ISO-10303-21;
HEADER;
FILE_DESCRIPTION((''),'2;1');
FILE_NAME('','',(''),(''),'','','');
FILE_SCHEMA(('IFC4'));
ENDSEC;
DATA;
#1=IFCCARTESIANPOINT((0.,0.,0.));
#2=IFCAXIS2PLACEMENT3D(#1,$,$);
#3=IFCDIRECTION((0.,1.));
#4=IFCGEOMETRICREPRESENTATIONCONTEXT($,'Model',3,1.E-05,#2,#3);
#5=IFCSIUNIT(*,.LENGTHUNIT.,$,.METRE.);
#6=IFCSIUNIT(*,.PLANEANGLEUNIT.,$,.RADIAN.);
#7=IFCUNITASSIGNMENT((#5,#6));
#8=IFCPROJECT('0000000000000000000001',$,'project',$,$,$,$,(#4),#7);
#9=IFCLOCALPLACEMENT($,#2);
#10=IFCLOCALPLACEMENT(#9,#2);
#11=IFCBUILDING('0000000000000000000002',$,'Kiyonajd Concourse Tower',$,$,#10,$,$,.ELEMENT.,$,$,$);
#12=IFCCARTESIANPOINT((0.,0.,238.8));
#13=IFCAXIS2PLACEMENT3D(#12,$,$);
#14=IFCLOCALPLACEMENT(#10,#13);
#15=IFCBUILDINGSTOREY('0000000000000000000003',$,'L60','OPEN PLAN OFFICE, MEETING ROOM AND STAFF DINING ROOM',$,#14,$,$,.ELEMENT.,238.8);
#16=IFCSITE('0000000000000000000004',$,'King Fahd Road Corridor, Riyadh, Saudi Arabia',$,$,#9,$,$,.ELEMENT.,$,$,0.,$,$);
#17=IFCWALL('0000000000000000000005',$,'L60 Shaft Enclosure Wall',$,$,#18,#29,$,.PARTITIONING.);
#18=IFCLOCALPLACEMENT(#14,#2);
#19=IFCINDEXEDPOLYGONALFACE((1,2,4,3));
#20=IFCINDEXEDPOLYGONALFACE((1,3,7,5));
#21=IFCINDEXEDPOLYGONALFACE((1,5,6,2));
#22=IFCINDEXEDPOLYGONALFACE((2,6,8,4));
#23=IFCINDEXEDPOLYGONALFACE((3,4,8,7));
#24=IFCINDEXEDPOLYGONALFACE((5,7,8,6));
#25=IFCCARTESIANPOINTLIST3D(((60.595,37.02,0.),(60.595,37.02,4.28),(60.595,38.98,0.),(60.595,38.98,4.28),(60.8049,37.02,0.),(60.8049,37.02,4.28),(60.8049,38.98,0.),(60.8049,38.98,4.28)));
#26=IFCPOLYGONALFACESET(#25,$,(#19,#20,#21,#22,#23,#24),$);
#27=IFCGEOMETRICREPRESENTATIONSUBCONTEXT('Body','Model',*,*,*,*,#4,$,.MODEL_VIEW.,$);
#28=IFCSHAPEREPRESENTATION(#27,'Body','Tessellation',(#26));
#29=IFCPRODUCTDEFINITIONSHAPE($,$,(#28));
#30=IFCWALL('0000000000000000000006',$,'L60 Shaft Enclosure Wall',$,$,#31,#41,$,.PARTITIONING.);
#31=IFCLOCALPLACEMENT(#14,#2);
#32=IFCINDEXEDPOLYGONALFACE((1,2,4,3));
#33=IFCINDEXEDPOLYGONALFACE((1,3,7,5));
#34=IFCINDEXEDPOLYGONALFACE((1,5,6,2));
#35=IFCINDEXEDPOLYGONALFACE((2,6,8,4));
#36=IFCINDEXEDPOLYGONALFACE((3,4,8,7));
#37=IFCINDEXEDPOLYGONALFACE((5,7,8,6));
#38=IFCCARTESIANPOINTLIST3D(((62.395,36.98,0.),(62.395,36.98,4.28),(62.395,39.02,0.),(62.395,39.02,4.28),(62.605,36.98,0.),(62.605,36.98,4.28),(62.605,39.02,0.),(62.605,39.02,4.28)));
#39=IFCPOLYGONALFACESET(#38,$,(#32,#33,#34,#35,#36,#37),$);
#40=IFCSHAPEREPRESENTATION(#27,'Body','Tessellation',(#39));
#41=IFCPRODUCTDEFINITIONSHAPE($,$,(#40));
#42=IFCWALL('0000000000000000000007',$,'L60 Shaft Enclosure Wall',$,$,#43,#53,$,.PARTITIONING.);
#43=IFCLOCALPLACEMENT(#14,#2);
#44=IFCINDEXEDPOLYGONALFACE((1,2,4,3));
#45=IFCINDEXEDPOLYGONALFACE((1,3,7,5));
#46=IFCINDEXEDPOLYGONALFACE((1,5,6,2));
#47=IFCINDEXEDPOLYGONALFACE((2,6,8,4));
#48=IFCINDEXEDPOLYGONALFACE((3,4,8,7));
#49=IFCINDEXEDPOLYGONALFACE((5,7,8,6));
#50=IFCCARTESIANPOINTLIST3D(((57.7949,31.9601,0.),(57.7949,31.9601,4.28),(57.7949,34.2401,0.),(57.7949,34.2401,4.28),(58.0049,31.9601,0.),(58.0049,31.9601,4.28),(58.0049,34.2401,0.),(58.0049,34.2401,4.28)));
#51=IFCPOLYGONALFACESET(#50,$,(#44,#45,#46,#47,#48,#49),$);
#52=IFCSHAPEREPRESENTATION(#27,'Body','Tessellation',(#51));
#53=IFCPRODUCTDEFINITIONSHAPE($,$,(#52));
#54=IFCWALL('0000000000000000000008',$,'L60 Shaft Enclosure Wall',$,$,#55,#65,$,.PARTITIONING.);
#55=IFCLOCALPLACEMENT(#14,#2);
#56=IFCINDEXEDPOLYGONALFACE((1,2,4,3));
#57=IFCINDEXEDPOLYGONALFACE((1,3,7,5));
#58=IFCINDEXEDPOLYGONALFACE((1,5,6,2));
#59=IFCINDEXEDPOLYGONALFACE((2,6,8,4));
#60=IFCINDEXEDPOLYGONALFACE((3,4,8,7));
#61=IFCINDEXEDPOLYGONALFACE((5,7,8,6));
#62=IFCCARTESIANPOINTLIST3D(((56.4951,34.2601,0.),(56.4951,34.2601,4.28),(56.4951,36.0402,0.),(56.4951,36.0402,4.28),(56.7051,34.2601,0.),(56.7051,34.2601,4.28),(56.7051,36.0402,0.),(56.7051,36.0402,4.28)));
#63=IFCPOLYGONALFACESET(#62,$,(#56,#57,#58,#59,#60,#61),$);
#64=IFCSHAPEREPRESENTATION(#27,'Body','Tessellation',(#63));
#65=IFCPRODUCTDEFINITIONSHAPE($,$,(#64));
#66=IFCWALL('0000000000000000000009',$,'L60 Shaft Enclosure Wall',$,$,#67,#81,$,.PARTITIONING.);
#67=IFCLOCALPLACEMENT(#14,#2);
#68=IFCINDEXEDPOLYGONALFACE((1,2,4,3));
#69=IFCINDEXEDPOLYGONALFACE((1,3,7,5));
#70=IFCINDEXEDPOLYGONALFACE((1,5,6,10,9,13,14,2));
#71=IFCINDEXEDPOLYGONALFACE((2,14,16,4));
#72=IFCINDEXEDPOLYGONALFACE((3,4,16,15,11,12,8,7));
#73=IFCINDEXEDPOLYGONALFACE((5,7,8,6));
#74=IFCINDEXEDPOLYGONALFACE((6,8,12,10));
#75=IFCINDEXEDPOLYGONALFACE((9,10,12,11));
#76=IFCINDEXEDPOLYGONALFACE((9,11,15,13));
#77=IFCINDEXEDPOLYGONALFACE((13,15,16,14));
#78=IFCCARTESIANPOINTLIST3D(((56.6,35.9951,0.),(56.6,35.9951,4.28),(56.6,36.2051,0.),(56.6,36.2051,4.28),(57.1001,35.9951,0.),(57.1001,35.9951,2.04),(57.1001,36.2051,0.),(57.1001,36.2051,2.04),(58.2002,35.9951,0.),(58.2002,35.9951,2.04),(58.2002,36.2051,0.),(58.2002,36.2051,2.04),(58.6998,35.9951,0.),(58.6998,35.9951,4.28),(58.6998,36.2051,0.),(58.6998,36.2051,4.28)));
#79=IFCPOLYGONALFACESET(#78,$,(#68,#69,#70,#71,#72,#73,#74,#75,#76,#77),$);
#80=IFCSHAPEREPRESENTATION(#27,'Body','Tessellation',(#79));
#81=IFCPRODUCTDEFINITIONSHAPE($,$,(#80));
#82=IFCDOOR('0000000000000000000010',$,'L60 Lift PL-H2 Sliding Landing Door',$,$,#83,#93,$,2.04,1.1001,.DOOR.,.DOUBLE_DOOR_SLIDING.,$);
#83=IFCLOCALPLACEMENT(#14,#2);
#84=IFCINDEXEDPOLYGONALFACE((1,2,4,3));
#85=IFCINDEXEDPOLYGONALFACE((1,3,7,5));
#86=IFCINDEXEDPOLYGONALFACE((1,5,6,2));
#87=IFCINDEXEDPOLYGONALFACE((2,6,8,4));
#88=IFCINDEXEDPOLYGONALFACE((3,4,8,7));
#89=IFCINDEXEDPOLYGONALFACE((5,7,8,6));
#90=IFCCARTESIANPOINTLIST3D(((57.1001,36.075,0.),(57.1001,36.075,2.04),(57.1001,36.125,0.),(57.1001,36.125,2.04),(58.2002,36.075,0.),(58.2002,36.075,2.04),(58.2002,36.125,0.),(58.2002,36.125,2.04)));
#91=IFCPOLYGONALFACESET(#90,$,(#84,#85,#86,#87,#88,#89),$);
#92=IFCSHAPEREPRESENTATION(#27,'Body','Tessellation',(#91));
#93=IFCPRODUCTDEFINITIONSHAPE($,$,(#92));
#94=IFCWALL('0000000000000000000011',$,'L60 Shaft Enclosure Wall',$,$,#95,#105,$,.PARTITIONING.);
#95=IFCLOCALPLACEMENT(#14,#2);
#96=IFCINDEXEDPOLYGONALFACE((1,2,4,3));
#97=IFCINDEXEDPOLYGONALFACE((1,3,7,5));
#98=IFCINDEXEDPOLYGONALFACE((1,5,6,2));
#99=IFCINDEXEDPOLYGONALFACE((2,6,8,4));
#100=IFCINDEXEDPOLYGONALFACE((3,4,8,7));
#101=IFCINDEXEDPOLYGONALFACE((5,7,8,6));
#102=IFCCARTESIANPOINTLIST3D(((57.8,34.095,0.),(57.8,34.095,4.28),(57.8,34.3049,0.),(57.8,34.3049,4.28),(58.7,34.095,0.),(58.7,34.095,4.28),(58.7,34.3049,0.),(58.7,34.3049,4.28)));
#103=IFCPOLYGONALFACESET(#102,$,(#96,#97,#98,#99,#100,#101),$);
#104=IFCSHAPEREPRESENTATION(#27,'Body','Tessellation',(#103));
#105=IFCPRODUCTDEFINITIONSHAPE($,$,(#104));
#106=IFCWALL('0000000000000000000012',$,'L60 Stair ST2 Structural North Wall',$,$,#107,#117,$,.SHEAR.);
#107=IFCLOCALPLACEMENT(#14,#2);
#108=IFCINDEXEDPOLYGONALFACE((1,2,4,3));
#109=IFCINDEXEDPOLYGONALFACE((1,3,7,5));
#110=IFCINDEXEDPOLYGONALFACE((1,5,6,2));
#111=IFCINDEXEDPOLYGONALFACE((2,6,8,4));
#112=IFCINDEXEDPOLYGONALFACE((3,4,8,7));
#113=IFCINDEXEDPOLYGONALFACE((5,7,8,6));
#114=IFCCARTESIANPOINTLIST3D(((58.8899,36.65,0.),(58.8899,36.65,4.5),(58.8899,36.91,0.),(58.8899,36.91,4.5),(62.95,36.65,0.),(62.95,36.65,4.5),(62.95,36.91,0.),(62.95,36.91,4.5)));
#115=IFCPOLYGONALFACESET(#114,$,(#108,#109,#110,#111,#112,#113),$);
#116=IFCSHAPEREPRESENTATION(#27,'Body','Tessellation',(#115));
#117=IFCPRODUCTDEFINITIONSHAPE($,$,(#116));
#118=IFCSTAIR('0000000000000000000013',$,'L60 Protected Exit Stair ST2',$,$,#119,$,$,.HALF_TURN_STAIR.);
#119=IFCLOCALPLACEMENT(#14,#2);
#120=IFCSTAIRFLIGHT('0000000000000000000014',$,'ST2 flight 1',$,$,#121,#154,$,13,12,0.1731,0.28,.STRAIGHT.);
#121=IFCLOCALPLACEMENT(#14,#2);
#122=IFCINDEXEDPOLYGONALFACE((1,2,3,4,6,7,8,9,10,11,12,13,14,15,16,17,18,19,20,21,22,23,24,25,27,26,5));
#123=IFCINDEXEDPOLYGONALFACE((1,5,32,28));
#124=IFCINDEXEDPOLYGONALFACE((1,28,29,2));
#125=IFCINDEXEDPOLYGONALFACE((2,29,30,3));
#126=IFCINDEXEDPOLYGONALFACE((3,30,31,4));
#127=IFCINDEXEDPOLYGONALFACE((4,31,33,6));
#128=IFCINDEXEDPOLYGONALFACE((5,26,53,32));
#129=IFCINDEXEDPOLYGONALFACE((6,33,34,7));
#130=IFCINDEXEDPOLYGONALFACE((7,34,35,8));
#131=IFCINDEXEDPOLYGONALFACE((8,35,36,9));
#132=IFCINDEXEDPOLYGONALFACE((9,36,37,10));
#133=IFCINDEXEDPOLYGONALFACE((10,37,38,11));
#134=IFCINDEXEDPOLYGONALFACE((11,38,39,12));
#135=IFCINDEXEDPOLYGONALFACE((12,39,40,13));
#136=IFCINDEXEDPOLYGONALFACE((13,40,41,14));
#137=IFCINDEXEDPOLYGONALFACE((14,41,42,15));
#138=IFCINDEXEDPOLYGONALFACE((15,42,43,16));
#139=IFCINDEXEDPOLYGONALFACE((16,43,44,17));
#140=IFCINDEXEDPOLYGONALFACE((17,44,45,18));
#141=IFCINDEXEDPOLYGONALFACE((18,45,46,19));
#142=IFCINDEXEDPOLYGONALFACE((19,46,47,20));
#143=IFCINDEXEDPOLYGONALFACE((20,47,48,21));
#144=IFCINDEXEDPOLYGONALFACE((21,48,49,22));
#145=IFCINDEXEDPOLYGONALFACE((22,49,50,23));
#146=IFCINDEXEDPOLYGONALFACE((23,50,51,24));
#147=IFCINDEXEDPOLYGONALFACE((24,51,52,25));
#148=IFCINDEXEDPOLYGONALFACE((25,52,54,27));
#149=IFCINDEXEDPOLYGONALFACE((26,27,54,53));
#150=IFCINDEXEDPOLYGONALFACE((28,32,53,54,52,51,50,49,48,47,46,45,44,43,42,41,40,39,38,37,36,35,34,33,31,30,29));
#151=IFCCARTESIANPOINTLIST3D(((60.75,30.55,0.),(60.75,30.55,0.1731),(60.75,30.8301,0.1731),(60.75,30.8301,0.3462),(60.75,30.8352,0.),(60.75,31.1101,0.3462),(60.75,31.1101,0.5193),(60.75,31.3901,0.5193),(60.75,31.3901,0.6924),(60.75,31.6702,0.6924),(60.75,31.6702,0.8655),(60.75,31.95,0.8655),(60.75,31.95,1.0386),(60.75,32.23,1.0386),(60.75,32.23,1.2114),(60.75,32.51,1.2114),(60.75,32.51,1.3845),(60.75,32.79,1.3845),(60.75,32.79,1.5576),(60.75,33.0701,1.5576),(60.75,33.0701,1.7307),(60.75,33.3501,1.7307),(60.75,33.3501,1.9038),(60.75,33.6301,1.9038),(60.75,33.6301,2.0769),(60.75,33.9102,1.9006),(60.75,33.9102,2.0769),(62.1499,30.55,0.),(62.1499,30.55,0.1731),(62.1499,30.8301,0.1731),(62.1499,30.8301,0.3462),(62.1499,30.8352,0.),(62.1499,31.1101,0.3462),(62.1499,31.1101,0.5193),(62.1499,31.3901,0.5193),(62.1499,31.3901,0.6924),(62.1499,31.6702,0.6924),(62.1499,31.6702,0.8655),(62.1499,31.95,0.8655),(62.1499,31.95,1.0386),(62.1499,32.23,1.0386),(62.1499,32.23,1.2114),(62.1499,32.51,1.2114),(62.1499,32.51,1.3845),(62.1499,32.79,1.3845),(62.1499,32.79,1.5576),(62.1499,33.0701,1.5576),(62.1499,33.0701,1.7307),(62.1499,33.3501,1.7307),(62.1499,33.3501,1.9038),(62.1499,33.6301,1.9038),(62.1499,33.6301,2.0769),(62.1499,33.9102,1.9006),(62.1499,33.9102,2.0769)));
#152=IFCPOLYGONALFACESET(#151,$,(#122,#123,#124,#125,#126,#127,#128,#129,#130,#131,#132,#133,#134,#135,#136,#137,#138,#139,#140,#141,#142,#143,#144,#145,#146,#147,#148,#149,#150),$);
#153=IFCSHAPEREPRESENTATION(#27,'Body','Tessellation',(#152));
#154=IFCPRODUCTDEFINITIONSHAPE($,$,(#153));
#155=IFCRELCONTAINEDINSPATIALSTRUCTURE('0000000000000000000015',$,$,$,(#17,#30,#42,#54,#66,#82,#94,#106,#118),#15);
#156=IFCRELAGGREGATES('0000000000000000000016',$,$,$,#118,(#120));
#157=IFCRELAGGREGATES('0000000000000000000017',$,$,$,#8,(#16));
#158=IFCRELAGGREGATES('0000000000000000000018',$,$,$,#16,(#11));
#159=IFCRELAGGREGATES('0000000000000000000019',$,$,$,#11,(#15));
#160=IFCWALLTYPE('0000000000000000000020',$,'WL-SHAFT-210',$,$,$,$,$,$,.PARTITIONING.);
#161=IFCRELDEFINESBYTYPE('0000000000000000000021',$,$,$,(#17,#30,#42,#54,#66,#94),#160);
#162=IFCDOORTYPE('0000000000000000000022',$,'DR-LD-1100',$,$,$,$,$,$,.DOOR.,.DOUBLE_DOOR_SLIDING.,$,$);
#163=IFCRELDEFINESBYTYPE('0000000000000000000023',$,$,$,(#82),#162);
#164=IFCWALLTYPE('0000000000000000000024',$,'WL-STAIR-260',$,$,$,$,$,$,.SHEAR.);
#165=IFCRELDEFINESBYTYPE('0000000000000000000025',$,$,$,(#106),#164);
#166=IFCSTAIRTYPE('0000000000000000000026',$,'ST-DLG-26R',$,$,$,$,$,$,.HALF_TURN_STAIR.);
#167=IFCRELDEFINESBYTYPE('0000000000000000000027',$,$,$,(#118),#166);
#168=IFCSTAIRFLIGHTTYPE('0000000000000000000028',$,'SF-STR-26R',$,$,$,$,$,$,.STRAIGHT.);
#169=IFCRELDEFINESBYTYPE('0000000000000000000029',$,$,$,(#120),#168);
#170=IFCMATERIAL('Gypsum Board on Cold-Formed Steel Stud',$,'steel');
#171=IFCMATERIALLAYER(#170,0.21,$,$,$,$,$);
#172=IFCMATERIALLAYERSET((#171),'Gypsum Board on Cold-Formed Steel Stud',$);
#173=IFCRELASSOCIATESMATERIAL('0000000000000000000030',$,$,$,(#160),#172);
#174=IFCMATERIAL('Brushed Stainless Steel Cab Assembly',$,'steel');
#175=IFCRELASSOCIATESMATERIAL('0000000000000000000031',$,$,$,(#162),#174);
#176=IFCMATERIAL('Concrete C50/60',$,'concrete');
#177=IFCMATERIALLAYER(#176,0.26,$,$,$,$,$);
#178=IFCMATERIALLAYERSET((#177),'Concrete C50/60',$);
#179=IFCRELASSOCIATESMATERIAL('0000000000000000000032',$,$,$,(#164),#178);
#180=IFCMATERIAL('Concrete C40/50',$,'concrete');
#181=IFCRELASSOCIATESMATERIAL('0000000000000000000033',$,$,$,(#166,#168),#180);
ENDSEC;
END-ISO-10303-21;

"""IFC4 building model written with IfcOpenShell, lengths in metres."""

from ifc_helpers import new_model, si_unit, direction, frame, frame_2d, origin, place, context, subcontext, project, spatial, polyline, rectangle, outline, extrude, material, layer, layer_set, type_object, element, fill, aggregate, save


model = new_model("IFC4")

# Units and contexts
model_context = context("Model", 3, precision=1e-05, world=origin(), true_north=direction((0.0, 1.0)))
body_context = subcontext(model_context, "Body", "Model", "MODEL_VIEW")
ifc_project = project(units=[si_unit("LENGTHUNIT", "METRE"), si_unit("PLANEANGLEUNIT", "RADIAN")], contexts=[model_context])

# Site, building, storey
site_placement = place(None, origin())
site = spatial("IfcSite", under=ifc_project, at=site_placement, Name="King Fahd Road Corridor, Riyadh, Saudi Arabia", CompositionType="ELEMENT", RefElevation=0.0)
building_placement = place(site_placement, origin())
building = spatial("IfcBuilding", under=site, at=building_placement, Name="Kiyonajd Concourse Tower", CompositionType="ELEMENT")
storey_placement = place(building_placement, frame((0.0, 0.0, 238.8)))
storey = spatial("IfcBuildingStorey", under=building, at=storey_placement, Name="L60", Description="OPEN PLAN OFFICE, MEETING ROOM AND STAFF DINING ROOM", CompositionType="ELEMENT", Elevation=238.8)

# Shared definitions
ifc_material_1 = material(Name="Gypsum Board on Cold-Formed Steel Stud", Category="steel")

# Walls
ifc_layer_1 = layer(ifc_material_1, 0.21)
ifc_layer_set_1 = layer_set([ifc_layer_1], Name="Gypsum Board on Cold-Formed Steel Stud")
wall_type_1 = type_object("IfcWallType", Name="WL-SHAFT-210", PredefinedType="PARTITIONING", material=ifc_layer_set_1)
wall_1_placement = place(storey_placement, frame((60.7, 37.02, 0.0), z_axis=(0.0, 0.0, 1.0), x_axis=(0.0, 1.0, 0.0)))
element("IfcWall", 1, at=wall_1_placement, inside=storey, type_object=wall_type_1, Name="L60 Shaft Enclosure Wall", PredefinedType="PARTITIONING", context=body_context, shape_type="SweptSolid", body=[
    extrude(rectangle(XDim=1.96, YDim=0.21, at=frame_2d((0.98, 0.0))), origin(), (0.0, 0.0, 1.0), 4.28),
])
wall_2_placement = place(storey_placement, frame((62.5, 36.98, 0.0), z_axis=(0.0, 0.0, 1.0), x_axis=(0.0, 1.0, 0.0)))
element("IfcWall", 2, at=wall_2_placement, inside=storey, type_object=wall_type_1, Name="L60 Shaft Enclosure Wall", PredefinedType="PARTITIONING", context=body_context, shape_type="SweptSolid", body=[
    extrude(rectangle(XDim=2.04, YDim=0.21, at=frame_2d((1.02, 0.0))), origin(), (0.0, 0.0, 1.0), 4.28),
])
wall_3_placement = place(storey_placement, frame((57.8999, 31.96, 0.0), z_axis=(0.0, 0.0, 1.0), x_axis=(0.0, 1.0, 0.0)))
element("IfcWall", 3, at=wall_3_placement, inside=storey, type_object=wall_type_1, Name="L60 Shaft Enclosure Wall", PredefinedType="PARTITIONING", context=body_context, shape_type="SweptSolid", body=[
    extrude(rectangle(XDim=2.28, YDim=0.21, at=frame_2d((1.1401, 0.0))), origin(), (0.0, 0.0, 1.0), 4.28),
])
wall_4_placement = place(storey_placement, frame((56.6001, 34.26, 0.0), z_axis=(0.0, 0.0, 1.0), x_axis=(0.0, 1.0, 0.0)))
element("IfcWall", 4, at=wall_4_placement, inside=storey, type_object=wall_type_1, Name="L60 Shaft Enclosure Wall", PredefinedType="PARTITIONING", context=body_context, shape_type="SweptSolid", body=[
    extrude(rectangle(XDim=1.78, YDim=0.21, at=frame_2d((0.8901, 0.0))), origin(), (0.0, 0.0, 1.0), 4.28),
])

# Wall, opening, door
wall_5_placement = place(storey_placement, frame((56.6001, 36.1001, 0.0), z_axis=(0.0, 0.0, 1.0), x_axis=(1.0, 0.0, 0.0)))
wall_5 = element("IfcWall", 5, at=wall_5_placement, inside=storey, type_object=wall_type_1, Name="L60 Shaft Enclosure Wall", PredefinedType="PARTITIONING", context=body_context, shape_type="SweptSolid", body=[
    extrude(rectangle(XDim=2.0999, YDim=0.21, at=frame_2d((1.0498, 0.0))), origin(), (0.0, 0.0, 1.0), 4.28),
])
opening_1_placement = place(wall_5_placement, frame((0.5, 0.0, 0.0)))
opening_1 = element("IfcOpeningElement", 6, at=opening_1_placement, cuts=wall_5, PredefinedType="OPENING", context=body_context, shape_type="SweptSolid", body=[
    extrude(rectangle(XDim=1.1001, YDim=2.04, at=frame_2d((0.55, 1.02))), frame((0.0, 0.115, 0.0), z_axis=(0.0, -1.0, 0.0), x_axis=(1.0, 0.0, 0.0)), (0.0, 0.0, 1.0), 0.23),
])
ifc_material_2 = material(Name="Brushed Stainless Steel Cab Assembly", Category="steel")
door_type_1 = type_object("IfcDoorType", Name="DR-LD-1100", OperationType="DOUBLE_DOOR_SLIDING", PredefinedType="DOOR", material=ifc_material_2)
door_1_placement = place(opening_1_placement, origin())
door_1 = element("IfcDoor", 7, at=door_1_placement, inside=storey, type_object=door_type_1, Name="L60 Lift PL-H2 Sliding Landing Door", OperationType="DOUBLE_DOOR_SLIDING", OverallHeight=2.04, OverallWidth=1.1001, PredefinedType="DOOR", context=body_context, shape_type="SweptSolid", body=[
    extrude(rectangle(XDim=1.1001, YDim=2.04, at=frame_2d((0.55, 1.02))), frame((0.0, 0.0249, 0.0), z_axis=(0.0, -1.0, 0.0), x_axis=(1.0, 0.0, 0.0)), (0.0, 0.0, 1.0), 0.05),
])
fill(opening_1, door_1)

# Walls
wall_6_placement = place(storey_placement, frame((57.8, 34.2, 0.0), z_axis=(0.0, 0.0, 1.0), x_axis=(1.0, 0.0, 0.0)))
element("IfcWall", 8, at=wall_6_placement, inside=storey, type_object=wall_type_1, Name="L60 Shaft Enclosure Wall", PredefinedType="PARTITIONING", context=body_context, shape_type="SweptSolid", body=[
    extrude(rectangle(XDim=0.8999, YDim=0.21, at=frame_2d((0.45, 0.0))), origin(), (0.0, 0.0, 1.0), 4.28),
])
ifc_material_3 = material(Name="Concrete C50/60", Category="concrete")
ifc_layer_2 = layer(ifc_material_3, 0.26)
ifc_layer_set_2 = layer_set([ifc_layer_2], Name="Concrete C50/60")
wall_type_2 = type_object("IfcWallType", Name="WL-STAIR-260", PredefinedType="SHEAR", material=ifc_layer_set_2)
wall_7_placement = place(storey_placement, frame((58.8899, 36.78, 0.0), z_axis=(0.0, 0.0, 1.0), x_axis=(1.0, 0.0, 0.0)))
element("IfcWall", 9, at=wall_7_placement, inside=storey, type_object=wall_type_2, Name="L60 Stair ST2 Structural North Wall", PredefinedType="SHEAR", context=body_context, shape_type="SweptSolid", body=[
    extrude(rectangle(XDim=4.0601, YDim=0.26, at=frame_2d((2.03, 0.0))), origin(), (0.0, 0.0, 1.0), 4.5),
])

# Stair, stair flight
ifc_material_4 = material(Name="Concrete C40/50", Category="concrete")
stair_type = type_object("IfcStairType", Name="ST-DLG-26R", PredefinedType="HALF_TURN_STAIR", material=ifc_material_4)
stair_placement = place(storey_placement, origin())
stair = element("IfcStair", 10, at=stair_placement, inside=storey, type_object=stair_type, Name="L60 Protected Exit Stair ST2", PredefinedType="HALF_TURN_STAIR")
stair_flight_type = type_object("IfcStairFlightType", Name="SF-STR-26R", PredefinedType="STRAIGHT", material=ifc_material_4)
stair_flight_1_placement = place(storey_placement, frame((61.45, 30.55, 0.0), z_axis=(0.0, 0.0, 1.0), x_axis=(0.0, 1.0, 0.0)))
stair_flight_1 = element("IfcStairFlight", 11, at=stair_flight_1_placement, type_object=stair_flight_type, Name="ST2 flight 1", NumberOfRisers=13, NumberOfTreads=12, PredefinedType="STRAIGHT", RiserHeight=0.1731, TreadLength=0.28, context=body_context, shape_type="SweptSolid", body=[
    extrude(outline(polyline([(0.0, 0.0), (0.0, 0.1731), (0.28, 0.1731), (0.28, 0.3462), (0.5601, 0.3462), (0.5601, 0.5193), (0.8401, 0.5193), (0.8401, 0.6924), (1.1201, 0.6924), (1.1201, 0.8655), (1.3999, 0.8655), (1.3999, 1.0386), (1.6799, 1.0386), (1.6799, 1.2114), (1.96, 1.2114), (1.96, 1.3845), (2.24, 1.3845), (2.24, 1.5576), (2.52, 1.5576), (2.52, 1.7307), (2.8, 1.7307), (2.8, 1.9038), (3.0801, 1.9038), (3.0801, 2.0769), (3.3601, 2.0769), (3.3601, 2.25), (3.3601, 1.9006), (0.2852, 0.0), (0.0, 0.0)])), frame((0.0, 0.7, 0.0), z_axis=(0.0, -1.0, 0.0), x_axis=(1.0, 0.0, 0.0)), (0.0, 0.0, 1.0), 1.3999),
])
aggregate(stair, [stair_flight_1])

save(model, "model.ifc")
